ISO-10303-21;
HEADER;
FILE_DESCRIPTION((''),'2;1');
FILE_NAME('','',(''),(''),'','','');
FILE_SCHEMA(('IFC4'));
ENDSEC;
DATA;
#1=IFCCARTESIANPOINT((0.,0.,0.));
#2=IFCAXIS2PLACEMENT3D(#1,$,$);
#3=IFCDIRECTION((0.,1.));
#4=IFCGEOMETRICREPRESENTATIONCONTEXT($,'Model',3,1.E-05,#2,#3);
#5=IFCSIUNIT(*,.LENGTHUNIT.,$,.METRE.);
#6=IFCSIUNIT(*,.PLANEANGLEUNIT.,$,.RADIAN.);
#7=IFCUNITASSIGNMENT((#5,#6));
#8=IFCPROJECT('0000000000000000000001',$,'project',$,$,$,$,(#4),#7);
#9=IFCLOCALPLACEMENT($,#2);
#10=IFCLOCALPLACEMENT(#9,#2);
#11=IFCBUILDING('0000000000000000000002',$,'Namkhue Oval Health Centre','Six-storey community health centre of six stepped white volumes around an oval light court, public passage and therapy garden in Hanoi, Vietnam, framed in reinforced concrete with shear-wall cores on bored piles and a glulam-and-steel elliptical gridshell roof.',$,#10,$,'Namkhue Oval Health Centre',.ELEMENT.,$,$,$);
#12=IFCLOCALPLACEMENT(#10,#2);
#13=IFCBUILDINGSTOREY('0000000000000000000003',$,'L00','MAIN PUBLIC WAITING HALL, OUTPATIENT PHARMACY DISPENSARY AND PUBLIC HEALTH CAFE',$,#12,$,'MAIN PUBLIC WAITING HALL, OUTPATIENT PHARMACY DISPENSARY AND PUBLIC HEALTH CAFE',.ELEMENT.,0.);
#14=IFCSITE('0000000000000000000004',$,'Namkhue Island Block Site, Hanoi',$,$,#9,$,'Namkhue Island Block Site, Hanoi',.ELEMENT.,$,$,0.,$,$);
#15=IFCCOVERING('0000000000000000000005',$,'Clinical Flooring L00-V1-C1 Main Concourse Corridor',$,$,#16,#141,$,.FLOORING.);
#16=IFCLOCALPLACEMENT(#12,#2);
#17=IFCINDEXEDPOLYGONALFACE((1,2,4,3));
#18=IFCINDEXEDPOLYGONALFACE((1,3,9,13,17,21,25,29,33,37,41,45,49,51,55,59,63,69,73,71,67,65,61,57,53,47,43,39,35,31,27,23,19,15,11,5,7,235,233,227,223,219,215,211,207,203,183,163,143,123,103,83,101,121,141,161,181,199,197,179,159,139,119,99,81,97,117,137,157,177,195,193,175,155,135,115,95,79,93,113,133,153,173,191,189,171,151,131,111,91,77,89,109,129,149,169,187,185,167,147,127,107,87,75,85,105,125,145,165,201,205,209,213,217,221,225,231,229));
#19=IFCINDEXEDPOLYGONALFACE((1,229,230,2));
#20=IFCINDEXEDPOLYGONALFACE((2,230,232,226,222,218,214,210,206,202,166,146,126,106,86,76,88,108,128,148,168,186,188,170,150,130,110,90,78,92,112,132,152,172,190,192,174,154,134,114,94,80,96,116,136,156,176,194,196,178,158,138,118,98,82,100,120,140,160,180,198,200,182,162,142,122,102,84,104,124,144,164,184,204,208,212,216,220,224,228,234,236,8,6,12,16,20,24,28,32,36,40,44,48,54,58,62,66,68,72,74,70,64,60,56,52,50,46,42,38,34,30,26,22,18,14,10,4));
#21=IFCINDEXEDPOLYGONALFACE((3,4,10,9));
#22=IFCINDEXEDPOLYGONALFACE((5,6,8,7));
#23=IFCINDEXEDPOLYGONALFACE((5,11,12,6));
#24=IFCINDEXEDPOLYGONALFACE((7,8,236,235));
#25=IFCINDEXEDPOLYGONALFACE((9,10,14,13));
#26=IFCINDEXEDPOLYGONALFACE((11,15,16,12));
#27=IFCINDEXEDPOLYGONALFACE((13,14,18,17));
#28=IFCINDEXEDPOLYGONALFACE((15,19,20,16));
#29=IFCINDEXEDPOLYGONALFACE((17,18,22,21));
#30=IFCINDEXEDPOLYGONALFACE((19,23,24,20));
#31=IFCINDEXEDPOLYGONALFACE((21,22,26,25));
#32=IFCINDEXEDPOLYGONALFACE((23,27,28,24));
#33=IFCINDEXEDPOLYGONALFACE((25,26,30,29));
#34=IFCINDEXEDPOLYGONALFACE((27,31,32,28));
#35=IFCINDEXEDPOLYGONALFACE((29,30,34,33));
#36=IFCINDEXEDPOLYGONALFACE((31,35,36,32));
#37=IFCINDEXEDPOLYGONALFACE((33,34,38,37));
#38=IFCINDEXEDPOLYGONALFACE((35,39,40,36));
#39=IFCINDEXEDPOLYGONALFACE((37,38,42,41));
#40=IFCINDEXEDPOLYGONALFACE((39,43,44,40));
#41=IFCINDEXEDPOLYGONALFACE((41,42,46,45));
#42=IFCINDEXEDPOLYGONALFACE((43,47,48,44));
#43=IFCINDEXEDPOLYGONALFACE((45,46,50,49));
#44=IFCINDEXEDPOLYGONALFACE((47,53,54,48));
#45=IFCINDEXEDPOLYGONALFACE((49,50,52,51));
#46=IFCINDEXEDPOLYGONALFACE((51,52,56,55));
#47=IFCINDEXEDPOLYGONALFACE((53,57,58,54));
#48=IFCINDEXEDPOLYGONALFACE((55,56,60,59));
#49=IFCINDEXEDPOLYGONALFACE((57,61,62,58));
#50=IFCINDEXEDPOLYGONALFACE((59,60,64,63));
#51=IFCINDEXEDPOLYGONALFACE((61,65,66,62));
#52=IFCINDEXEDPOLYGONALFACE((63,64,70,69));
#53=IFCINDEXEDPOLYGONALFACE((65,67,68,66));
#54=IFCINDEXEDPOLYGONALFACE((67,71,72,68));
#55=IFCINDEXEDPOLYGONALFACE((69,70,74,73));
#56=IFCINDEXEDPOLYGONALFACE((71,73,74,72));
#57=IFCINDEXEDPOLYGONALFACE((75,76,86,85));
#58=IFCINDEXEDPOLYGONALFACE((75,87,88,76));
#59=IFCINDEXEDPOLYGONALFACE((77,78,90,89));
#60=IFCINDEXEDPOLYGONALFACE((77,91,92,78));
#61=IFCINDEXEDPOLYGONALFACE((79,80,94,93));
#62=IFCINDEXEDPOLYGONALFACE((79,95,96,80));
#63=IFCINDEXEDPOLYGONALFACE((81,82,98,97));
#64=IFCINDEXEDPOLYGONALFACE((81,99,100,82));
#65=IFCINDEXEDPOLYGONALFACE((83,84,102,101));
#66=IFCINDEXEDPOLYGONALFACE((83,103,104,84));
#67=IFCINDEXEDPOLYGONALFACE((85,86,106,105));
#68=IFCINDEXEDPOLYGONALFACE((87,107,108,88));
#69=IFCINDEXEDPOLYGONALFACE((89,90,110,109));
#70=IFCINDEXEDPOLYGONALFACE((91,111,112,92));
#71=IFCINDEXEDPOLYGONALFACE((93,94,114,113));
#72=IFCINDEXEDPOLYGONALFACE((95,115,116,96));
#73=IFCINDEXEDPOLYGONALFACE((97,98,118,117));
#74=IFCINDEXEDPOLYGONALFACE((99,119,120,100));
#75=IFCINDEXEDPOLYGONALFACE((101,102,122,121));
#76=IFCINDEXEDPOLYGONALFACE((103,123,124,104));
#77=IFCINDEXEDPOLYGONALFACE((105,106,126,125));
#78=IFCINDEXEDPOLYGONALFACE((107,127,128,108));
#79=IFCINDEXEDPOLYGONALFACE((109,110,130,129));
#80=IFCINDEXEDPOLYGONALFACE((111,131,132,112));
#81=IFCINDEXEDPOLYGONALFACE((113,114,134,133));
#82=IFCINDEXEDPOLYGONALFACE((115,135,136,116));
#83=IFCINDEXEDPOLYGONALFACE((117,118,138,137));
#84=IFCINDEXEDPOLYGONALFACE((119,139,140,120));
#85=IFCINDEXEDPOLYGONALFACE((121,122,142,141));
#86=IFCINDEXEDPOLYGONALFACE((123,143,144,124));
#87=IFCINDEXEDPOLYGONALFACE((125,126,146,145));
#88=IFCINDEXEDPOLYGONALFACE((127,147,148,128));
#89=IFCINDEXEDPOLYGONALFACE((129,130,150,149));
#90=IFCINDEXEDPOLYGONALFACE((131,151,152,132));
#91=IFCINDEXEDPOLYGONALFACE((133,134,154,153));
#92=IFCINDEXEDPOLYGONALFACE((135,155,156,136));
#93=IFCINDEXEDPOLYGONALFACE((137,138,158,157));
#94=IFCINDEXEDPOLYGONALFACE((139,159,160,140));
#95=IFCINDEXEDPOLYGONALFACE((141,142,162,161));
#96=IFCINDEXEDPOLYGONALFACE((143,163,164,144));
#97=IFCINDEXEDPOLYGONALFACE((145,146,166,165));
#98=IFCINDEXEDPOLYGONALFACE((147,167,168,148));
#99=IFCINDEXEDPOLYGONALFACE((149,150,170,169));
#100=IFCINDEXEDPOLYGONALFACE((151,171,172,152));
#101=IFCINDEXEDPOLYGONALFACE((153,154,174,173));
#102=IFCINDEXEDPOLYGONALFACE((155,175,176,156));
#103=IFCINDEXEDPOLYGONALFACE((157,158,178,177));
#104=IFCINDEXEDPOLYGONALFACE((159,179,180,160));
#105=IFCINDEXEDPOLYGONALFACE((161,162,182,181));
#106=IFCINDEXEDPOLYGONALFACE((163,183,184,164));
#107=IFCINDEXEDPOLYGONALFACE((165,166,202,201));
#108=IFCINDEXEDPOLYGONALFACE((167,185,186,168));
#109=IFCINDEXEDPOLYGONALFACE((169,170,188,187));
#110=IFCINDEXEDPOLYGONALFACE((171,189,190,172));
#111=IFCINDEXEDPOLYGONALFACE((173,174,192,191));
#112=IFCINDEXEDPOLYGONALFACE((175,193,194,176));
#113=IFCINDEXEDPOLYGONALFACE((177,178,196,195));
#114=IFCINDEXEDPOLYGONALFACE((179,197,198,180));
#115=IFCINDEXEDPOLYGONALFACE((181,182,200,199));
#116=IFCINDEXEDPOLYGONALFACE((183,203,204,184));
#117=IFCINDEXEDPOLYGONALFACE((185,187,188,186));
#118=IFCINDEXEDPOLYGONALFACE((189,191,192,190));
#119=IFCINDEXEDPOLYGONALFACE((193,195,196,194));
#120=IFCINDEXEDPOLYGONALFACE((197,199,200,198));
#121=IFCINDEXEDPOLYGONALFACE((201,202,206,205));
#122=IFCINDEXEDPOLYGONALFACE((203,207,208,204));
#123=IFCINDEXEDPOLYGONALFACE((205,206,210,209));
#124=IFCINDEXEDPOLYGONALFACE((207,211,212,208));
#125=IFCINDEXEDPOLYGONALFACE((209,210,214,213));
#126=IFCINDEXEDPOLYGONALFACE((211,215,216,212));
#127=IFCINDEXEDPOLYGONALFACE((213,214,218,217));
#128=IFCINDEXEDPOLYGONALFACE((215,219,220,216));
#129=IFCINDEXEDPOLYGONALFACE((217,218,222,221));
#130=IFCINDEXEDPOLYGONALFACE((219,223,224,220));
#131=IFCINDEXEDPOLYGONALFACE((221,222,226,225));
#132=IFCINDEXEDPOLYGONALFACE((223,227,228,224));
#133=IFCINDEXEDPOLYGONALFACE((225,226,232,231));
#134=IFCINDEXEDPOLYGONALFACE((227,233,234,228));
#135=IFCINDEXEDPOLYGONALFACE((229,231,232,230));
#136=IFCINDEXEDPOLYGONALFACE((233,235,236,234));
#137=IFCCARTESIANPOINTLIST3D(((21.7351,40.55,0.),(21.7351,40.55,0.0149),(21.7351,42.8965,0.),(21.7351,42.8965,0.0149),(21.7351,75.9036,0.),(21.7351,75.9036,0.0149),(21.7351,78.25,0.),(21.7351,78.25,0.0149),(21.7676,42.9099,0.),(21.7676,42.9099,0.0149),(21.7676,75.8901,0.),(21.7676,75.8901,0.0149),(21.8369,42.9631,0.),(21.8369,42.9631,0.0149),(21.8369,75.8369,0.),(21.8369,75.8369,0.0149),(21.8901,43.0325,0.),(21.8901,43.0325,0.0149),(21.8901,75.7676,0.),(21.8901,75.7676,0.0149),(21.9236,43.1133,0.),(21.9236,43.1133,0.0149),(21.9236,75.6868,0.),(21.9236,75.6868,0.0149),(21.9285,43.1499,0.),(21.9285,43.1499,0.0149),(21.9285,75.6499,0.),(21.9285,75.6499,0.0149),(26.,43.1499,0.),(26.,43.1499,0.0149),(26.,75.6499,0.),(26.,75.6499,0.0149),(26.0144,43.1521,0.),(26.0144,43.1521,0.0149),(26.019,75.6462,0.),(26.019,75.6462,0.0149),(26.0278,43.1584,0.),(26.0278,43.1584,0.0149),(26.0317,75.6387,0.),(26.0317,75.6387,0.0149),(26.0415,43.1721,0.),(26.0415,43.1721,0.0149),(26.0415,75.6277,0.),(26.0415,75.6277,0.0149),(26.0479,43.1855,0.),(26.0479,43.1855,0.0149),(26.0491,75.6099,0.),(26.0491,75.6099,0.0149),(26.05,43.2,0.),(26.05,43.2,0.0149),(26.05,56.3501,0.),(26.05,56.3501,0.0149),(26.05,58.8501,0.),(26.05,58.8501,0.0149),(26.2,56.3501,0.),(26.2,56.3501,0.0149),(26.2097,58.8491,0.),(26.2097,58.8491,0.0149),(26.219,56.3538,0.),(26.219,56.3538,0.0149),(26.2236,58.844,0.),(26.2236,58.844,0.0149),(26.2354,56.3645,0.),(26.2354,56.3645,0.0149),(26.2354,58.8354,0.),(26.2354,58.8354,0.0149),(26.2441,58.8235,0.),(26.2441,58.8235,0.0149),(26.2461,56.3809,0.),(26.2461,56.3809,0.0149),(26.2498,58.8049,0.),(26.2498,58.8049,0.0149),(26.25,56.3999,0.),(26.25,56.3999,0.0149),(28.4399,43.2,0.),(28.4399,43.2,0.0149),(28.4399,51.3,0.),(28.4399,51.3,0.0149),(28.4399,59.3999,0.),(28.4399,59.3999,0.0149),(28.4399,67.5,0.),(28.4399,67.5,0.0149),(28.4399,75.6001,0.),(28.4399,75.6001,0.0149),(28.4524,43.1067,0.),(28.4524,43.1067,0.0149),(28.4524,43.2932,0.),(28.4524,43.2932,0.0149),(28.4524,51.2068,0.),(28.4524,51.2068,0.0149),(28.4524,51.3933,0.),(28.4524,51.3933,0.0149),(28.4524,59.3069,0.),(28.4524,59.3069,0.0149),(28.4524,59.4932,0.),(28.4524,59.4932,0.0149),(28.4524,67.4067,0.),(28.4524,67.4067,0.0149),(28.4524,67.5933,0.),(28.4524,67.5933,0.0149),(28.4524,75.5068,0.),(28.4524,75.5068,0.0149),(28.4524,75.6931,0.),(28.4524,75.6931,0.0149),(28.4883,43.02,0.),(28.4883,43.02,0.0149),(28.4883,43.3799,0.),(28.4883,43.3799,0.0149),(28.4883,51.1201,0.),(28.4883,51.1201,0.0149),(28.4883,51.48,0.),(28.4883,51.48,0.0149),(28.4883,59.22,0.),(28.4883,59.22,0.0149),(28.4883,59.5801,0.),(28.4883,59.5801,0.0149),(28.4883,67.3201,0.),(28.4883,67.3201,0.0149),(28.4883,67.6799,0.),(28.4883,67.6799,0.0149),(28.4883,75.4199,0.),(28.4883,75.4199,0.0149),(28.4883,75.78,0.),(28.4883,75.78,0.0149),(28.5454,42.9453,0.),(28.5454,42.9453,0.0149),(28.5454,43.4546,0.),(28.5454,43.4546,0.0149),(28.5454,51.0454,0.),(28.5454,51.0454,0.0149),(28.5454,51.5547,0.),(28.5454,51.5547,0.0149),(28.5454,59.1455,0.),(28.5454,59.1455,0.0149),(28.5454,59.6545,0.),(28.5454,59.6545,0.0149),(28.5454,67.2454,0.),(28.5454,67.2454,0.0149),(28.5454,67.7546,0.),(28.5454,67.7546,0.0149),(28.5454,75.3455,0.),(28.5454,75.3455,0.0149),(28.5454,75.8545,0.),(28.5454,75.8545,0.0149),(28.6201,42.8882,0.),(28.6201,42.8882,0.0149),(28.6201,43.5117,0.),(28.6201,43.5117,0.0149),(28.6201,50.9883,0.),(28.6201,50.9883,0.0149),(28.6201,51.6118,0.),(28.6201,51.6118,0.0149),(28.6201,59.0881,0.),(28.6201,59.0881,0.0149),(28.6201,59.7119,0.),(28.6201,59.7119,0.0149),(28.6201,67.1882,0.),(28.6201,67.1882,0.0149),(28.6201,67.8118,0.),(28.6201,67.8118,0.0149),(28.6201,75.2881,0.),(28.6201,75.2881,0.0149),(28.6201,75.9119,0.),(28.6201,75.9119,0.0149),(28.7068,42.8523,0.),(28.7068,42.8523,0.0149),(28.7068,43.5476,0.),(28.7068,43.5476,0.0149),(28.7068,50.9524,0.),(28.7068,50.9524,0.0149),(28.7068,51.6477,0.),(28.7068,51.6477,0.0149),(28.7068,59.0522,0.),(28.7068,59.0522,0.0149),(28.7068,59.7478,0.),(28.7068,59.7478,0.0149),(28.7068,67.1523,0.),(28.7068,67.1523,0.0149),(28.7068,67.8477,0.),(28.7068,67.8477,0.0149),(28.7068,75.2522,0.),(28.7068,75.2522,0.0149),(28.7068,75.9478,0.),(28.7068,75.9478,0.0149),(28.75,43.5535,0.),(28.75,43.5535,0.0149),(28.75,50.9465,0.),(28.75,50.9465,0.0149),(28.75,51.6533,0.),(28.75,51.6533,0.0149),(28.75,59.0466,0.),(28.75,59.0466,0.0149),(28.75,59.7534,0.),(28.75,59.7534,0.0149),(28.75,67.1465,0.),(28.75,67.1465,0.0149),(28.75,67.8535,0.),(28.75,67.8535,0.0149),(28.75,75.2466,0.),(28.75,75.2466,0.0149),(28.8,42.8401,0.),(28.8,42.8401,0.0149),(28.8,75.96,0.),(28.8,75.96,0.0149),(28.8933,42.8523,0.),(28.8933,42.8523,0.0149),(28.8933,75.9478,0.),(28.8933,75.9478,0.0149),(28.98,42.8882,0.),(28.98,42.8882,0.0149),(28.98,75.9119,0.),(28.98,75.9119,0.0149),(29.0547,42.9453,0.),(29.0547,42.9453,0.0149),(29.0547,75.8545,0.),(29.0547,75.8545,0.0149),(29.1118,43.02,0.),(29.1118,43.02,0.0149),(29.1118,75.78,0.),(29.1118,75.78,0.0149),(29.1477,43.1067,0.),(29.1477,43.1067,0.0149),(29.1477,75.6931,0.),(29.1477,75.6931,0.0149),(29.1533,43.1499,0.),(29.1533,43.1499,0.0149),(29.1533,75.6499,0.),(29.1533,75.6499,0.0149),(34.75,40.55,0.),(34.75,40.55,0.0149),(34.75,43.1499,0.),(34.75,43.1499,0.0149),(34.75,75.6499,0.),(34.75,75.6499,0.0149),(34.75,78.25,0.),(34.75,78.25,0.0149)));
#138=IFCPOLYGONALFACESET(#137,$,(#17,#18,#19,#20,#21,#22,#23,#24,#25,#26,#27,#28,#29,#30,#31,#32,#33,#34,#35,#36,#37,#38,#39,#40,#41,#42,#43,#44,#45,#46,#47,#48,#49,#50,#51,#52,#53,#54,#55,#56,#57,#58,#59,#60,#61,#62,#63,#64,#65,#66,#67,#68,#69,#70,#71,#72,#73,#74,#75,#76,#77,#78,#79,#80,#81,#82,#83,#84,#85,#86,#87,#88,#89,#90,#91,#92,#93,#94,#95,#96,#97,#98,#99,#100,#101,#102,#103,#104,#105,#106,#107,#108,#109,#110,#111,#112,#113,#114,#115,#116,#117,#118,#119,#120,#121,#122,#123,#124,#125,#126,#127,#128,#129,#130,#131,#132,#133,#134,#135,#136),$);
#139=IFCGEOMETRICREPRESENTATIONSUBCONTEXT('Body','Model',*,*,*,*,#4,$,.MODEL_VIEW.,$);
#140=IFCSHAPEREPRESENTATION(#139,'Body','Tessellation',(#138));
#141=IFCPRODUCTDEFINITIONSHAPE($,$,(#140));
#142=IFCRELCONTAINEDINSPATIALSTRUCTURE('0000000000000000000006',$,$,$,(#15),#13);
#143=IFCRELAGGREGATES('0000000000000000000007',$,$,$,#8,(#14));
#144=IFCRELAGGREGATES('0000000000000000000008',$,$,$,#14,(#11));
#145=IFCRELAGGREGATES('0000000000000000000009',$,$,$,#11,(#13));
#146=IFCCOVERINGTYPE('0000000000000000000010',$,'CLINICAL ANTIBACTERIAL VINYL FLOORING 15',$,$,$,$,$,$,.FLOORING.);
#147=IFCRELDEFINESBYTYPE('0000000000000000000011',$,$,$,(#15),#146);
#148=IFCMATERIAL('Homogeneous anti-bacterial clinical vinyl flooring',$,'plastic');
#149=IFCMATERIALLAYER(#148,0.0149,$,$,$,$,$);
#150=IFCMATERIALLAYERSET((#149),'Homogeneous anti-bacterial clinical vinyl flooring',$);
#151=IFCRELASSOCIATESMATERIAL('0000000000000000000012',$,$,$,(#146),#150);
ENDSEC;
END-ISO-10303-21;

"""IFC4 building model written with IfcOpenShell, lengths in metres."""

from ifc_helpers import new_model, si_unit, direction, origin, place, context, subcontext, project, spatial, polyline, outline, extrude, material, layer, layer_set, type_object, element, save


model = new_model("IFC4")

# Units and contexts
model_context = context("Model", 3, precision=1e-05, world=origin(), true_north=direction((0.0, 1.0)))
body_context = subcontext(model_context, "Body", "Model", "MODEL_VIEW")
ifc_project = project(units=[si_unit("LENGTHUNIT", "METRE"), si_unit("PLANEANGLEUNIT", "RADIAN")], contexts=[model_context])

# Site, building, storey
site_placement = place(None, origin())
site = spatial("IfcSite", under=ifc_project, at=site_placement, Name="Namkhue Island Block Site, Hanoi", LongName="Namkhue Island Block Site, Hanoi", CompositionType="ELEMENT", RefElevation=0.0)
building_placement = place(site_placement, origin())
building = spatial("IfcBuilding", under=site, at=building_placement, Name="Namkhue Oval Health Centre", Description="Six-storey community health centre of six stepped white volumes around an oval light court, public passage and therapy garden in Hanoi, Vietnam, framed in reinforced concrete with shear-wall cores on bored piles and a glulam-and-steel elliptical gridshell roof.", LongName="Namkhue Oval Health Centre", CompositionType="ELEMENT")
storey_placement = place(building_placement, origin())
storey = spatial("IfcBuildingStorey", under=building, at=storey_placement, Name="L00", Description="MAIN PUBLIC WAITING HALL, OUTPATIENT PHARMACY DISPENSARY AND PUBLIC HEALTH CAFE", LongName="MAIN PUBLIC WAITING HALL, OUTPATIENT PHARMACY DISPENSARY AND PUBLIC HEALTH CAFE", CompositionType="ELEMENT", Elevation=0.0)

# Covering
ifc_material_1 = material(Name="Homogeneous anti-bacterial clinical vinyl flooring", Category="plastic")
ifc_layer_1 = layer(ifc_material_1, 0.0149)
ifc_layer_set_1 = layer_set([ifc_layer_1], Name="Homogeneous anti-bacterial clinical vinyl flooring")
covering_type = type_object("IfcCoveringType", Name="CLINICAL ANTIBACTERIAL VINYL FLOORING 15", PredefinedType="FLOORING", material=ifc_layer_set_1)
covering_1_placement = place(storey_placement, origin())
element("IfcCovering", 1, at=covering_1_placement, inside=storey, type_object=covering_type, Name="Clinical Flooring L00-V1-C1 Main Concourse Corridor", PredefinedType="FLOORING", context=body_context, shape_type="SweptSolid", body=[
    extrude(outline(polyline([(26.2, 56.3501), (26.219, 56.3538), (26.2354, 56.3645), (26.2461, 56.3809), (26.25, 56.3999), (26.2498, 58.8049), (26.2441, 58.8235), (26.2354, 58.8354), (26.2236, 58.844), (26.2097, 58.8491), (26.05, 58.8501), (26.0491, 75.6099), (26.0415, 75.6277), (26.0317, 75.6387), (26.019, 75.6462), (26.0, 75.6499), (21.9285, 75.6499), (21.9236, 75.6868), (21.8901, 75.7676), (21.8369, 75.8369), (21.7676, 75.8901), (21.7351, 75.9036), (21.7351, 78.25), (34.75, 78.25), (34.75, 75.6499), (29.1533, 75.6499), (29.1477, 75.6931), (29.1118, 75.78), (29.0547, 75.8545), (28.98, 75.9119), (28.8933, 75.9478), (28.8, 75.96), (28.7068, 75.9478), (28.6201, 75.9119), (28.5454, 75.8545), (28.4883, 75.78), (28.4524, 75.6931), (28.4399, 75.6001), (28.4524, 75.5068), (28.4883, 75.4199), (28.5454, 75.3455), (28.6201, 75.2881), (28.7068, 75.2522), (28.75, 75.2466), (28.75, 67.8535), (28.7068, 67.8477), (28.6201, 67.8118), (28.5454, 67.7546), (28.4883, 67.6799), (28.4524, 67.5933), (28.4399, 67.5), (28.4524, 67.4067), (28.4883, 67.3201), (28.5454, 67.2454), (28.6201, 67.1882), (28.7068, 67.1523), (28.75, 67.1465), (28.75, 59.7534), (28.7068, 59.7478), (28.6201, 59.7119), (28.5454, 59.6545), (28.4883, 59.5801), (28.4524, 59.4932), (28.4399, 59.3999), (28.4524, 59.3069), (28.4883, 59.22), (28.5454, 59.1455), (28.6201, 59.0881), (28.7068, 59.0522), (28.75, 59.0466), (28.75, 51.6533), (28.7068, 51.6477), (28.6201, 51.6118), (28.5454, 51.5547), (28.4883, 51.48), (28.4524, 51.3933), (28.4399, 51.3), (28.4524, 51.2068), (28.4883, 51.1201), (28.5454, 51.0454), (28.6201, 50.9883), (28.7068, 50.9524), (28.75, 50.9465), (28.75, 43.5535), (28.7068, 43.5476), (28.6201, 43.5117), (28.5454, 43.4546), (28.4883, 43.3799), (28.4524, 43.2932), (28.4399, 43.2), (28.4524, 43.1067), (28.4883, 43.02), (28.5454, 42.9453), (28.6201, 42.8882), (28.7068, 42.8523), (28.8, 42.8401), (28.8933, 42.8523), (28.98, 42.8882), (29.0547, 42.9453), (29.1118, 43.02), (29.1477, 43.1067), (29.1533, 43.1499), (34.75, 43.1499), (34.75, 40.55), (21.7351, 40.55), (21.7351, 42.8965), (21.7676, 42.9099), (21.8369, 42.9631), (21.8901, 43.0325), (21.9236, 43.1133), (21.9285, 43.1499), (26.0, 43.1499), (26.0144, 43.1521), (26.0278, 43.1584), (26.0415, 43.1721), (26.0479, 43.1855), (26.05, 43.2), (26.05, 56.3501), (26.2, 56.3501)])), origin(), (0.0, 0.0, 1.0), 0.0149),
])

save(model, "model.ifc")
